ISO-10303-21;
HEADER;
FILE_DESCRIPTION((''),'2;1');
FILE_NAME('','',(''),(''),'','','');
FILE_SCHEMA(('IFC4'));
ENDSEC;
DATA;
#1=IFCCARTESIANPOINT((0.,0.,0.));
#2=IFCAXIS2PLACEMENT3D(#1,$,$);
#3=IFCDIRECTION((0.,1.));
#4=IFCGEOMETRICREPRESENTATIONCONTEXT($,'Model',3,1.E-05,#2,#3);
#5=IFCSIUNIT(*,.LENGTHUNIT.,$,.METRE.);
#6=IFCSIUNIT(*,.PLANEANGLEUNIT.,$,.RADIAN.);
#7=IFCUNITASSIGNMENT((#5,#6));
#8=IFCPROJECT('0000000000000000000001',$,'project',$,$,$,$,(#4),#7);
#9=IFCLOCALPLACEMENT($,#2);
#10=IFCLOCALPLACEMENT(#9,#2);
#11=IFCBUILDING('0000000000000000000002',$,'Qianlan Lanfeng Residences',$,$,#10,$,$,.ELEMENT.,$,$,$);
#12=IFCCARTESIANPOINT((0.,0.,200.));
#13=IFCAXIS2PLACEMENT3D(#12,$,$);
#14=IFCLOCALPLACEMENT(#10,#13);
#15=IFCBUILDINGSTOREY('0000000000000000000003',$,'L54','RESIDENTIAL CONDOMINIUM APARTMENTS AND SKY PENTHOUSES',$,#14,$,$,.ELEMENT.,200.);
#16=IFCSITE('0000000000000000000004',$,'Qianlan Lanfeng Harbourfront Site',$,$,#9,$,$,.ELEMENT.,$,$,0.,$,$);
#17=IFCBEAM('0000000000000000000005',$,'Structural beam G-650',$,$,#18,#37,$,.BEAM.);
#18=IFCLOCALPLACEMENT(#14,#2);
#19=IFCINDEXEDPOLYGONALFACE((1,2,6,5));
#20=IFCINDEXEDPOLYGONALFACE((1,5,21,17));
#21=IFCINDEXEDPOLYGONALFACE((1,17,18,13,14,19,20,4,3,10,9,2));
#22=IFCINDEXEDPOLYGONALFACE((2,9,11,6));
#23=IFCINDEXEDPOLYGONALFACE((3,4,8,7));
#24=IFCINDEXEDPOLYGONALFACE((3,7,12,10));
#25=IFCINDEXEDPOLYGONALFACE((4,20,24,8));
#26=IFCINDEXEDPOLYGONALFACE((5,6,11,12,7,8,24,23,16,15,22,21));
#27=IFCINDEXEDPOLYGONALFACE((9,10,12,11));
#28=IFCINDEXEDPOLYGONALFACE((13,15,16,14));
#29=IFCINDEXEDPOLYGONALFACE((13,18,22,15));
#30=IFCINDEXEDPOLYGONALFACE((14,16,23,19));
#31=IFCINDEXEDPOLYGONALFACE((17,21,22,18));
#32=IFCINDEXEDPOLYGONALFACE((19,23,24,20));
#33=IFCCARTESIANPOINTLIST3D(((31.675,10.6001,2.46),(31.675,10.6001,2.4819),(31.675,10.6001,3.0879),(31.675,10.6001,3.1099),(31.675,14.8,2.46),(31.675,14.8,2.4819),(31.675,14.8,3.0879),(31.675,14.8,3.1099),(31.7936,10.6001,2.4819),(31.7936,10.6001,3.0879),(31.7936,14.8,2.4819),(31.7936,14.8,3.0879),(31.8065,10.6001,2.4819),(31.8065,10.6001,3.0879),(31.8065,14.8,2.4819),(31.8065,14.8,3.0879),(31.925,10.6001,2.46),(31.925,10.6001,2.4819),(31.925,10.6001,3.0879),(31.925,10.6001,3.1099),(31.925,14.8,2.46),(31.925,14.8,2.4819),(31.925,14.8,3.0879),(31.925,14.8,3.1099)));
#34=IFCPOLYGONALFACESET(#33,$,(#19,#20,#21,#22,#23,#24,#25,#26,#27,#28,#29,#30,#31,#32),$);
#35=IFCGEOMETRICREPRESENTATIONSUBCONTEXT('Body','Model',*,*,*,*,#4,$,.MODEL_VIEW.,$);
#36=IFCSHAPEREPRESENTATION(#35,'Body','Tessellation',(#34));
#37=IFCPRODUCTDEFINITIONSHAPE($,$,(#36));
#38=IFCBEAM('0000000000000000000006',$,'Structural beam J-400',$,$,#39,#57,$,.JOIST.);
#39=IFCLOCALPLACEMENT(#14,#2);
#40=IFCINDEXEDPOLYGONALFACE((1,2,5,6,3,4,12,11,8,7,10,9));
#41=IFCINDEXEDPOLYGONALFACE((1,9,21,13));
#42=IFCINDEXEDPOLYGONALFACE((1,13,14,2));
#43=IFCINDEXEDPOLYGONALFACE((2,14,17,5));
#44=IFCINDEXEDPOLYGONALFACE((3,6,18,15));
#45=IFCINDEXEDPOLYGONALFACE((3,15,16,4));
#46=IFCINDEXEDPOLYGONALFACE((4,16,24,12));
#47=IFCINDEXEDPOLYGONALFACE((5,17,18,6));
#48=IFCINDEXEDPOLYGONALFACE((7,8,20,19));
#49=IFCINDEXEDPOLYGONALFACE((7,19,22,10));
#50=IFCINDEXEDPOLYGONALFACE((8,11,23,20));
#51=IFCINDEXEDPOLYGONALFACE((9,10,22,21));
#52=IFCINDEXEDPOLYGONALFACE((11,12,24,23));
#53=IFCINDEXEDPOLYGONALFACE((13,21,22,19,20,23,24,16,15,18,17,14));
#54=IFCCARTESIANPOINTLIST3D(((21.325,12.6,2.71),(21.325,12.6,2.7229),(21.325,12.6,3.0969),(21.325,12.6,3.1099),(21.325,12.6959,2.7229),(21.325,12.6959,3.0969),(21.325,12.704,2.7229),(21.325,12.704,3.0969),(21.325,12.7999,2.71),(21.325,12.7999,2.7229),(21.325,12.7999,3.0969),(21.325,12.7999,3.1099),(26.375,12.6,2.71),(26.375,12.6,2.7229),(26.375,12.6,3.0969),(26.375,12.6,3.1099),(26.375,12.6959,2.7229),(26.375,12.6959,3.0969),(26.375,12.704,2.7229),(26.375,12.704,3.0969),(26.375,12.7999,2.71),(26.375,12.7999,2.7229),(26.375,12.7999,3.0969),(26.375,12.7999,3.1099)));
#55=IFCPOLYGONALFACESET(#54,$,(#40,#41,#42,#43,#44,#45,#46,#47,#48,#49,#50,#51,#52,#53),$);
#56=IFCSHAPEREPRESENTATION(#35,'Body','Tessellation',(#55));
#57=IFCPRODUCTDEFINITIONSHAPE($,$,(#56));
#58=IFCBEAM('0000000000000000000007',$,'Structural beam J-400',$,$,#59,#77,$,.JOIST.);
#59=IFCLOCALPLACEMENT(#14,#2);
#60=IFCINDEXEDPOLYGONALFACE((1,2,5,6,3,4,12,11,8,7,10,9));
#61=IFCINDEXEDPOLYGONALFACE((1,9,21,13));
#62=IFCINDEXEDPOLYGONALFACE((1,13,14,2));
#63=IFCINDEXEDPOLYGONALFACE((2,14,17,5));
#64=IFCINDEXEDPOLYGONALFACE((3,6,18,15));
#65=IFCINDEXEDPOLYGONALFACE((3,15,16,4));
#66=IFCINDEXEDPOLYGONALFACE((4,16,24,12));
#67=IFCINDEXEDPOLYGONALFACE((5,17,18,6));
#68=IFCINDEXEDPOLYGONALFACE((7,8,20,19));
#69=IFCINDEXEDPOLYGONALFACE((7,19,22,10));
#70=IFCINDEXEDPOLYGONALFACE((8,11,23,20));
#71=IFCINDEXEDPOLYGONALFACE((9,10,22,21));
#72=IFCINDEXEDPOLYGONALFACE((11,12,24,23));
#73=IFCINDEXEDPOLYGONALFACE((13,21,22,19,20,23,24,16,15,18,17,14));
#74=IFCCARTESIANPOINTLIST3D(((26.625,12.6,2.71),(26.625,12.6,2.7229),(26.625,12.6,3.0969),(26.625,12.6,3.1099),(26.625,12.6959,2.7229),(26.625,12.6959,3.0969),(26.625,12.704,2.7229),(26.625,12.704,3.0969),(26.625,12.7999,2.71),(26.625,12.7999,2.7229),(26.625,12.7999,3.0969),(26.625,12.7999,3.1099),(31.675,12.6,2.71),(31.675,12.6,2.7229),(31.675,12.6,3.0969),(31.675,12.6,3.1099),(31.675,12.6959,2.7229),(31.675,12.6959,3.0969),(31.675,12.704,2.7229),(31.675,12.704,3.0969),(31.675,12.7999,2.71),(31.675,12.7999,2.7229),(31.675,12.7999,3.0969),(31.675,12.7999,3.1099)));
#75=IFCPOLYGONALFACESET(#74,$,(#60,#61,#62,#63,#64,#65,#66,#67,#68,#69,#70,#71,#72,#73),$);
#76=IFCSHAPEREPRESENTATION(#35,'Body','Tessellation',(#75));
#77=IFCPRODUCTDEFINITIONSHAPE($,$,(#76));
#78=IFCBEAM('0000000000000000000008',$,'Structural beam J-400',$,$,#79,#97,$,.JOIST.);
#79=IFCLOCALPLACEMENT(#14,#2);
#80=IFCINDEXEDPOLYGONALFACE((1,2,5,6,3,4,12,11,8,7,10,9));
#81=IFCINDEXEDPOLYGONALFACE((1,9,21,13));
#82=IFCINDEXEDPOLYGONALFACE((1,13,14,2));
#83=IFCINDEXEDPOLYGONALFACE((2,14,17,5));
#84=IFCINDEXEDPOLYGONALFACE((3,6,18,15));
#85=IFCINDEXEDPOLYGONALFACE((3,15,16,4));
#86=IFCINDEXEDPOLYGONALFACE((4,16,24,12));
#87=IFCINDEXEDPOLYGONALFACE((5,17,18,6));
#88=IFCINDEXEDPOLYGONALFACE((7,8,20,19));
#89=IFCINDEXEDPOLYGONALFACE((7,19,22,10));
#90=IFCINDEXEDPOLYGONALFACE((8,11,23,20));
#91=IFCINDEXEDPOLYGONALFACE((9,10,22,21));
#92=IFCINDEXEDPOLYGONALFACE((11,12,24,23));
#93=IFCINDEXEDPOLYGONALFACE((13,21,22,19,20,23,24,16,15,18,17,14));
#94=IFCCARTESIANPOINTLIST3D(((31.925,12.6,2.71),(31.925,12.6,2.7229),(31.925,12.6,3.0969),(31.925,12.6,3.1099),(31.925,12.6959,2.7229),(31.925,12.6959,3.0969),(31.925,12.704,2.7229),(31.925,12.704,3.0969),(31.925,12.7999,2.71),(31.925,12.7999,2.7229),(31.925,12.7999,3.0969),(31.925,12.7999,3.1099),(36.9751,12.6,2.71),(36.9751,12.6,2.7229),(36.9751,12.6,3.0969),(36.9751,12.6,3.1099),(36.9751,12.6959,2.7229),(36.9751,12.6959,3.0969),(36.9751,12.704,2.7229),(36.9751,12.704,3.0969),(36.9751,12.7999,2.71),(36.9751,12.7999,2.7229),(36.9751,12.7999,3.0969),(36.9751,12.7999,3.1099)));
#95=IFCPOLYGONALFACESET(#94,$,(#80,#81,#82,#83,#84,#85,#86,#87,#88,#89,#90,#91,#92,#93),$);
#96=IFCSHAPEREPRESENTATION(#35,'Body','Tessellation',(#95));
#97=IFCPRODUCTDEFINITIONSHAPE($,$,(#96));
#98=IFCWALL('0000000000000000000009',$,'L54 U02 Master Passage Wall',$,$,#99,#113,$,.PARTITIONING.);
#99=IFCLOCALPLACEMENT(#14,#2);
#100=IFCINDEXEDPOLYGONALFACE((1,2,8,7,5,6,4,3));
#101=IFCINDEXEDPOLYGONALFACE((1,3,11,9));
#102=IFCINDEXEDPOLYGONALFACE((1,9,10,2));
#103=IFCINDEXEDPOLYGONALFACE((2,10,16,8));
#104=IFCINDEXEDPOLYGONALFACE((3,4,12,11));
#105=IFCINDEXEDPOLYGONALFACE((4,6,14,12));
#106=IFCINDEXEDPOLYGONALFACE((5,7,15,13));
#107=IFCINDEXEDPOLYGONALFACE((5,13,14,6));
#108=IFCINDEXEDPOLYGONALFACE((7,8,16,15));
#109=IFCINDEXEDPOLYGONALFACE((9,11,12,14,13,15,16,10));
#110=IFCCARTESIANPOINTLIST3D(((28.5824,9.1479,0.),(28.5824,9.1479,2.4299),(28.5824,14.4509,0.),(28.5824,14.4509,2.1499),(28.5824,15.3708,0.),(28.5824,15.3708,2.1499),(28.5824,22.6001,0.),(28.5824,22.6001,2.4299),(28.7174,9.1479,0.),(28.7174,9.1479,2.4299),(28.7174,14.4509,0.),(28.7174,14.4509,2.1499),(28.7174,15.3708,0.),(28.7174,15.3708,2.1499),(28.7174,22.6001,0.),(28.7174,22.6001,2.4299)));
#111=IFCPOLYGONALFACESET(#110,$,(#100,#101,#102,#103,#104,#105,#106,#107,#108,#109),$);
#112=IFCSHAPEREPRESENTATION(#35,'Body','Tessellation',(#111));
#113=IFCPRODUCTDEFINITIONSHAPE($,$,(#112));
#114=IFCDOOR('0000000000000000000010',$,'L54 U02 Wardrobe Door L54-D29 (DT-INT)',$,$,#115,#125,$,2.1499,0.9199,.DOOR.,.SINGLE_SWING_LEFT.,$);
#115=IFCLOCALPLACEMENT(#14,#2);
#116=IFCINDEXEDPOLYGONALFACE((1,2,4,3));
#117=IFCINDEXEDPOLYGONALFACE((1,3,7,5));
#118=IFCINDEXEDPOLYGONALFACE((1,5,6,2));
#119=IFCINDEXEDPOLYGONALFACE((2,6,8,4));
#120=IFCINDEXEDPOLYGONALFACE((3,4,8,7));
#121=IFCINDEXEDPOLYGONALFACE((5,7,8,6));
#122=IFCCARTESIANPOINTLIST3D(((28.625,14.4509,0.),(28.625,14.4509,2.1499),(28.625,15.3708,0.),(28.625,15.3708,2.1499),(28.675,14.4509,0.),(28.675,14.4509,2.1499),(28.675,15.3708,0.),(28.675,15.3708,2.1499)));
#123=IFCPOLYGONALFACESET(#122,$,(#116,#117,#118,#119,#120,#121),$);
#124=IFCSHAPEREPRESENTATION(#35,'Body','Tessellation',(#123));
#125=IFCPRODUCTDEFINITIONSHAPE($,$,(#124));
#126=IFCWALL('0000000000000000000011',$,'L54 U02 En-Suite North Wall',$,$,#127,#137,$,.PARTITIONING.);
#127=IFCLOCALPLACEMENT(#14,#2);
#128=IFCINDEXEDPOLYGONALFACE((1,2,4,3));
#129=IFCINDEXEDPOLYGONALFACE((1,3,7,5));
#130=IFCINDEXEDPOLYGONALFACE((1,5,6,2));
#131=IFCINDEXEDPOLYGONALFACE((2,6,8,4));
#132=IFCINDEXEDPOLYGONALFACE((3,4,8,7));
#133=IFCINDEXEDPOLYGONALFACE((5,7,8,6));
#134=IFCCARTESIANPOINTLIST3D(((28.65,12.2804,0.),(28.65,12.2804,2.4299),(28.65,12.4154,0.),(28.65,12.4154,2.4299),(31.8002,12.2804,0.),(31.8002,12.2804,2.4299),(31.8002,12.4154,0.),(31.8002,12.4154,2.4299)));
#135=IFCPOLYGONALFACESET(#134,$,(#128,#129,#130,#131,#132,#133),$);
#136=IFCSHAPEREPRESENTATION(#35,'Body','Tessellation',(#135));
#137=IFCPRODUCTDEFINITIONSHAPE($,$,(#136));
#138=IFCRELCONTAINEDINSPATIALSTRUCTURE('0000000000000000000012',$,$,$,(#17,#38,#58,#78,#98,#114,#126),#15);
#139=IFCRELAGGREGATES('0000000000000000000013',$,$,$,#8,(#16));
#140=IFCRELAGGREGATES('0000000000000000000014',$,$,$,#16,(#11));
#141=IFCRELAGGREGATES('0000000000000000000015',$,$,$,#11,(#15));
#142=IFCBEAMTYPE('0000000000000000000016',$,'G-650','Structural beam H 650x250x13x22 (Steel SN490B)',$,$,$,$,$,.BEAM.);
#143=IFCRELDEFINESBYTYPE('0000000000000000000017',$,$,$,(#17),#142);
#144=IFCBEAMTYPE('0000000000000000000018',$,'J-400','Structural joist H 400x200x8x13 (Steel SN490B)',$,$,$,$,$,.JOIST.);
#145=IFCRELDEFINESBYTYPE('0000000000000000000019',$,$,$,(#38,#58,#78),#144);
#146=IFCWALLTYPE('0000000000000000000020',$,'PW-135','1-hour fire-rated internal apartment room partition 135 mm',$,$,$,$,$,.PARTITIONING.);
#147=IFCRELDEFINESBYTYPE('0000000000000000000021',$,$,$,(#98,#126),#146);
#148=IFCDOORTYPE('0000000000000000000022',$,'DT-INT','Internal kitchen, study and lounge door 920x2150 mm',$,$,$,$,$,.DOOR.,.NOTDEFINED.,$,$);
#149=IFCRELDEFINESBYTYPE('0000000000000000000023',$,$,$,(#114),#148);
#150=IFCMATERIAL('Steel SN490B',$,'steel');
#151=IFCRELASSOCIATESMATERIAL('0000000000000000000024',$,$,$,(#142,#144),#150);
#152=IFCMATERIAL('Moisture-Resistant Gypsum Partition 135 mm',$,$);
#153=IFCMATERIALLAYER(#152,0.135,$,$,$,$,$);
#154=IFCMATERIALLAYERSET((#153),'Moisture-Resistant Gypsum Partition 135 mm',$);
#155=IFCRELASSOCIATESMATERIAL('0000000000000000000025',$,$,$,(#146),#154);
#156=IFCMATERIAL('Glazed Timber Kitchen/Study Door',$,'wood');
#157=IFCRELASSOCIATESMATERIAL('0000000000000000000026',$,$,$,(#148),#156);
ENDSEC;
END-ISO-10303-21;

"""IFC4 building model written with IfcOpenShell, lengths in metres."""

from ifc_helpers import new_model, si_unit, direction, frame, frame_2d, origin, origin_2d, place, context, subcontext, project, spatial, rectangle, i_section, extrude, material, layer, layer_set, material_profile, profile_set, type_object, element, fill, save


model = new_model("IFC4")

# Units and contexts
model_context = context("Model", 3, precision=1e-05, world=origin(), true_north=direction((0.0, 1.0)))
body_context = subcontext(model_context, "Body", "Model", "MODEL_VIEW")
ifc_project = project(units=[si_unit("LENGTHUNIT", "METRE"), si_unit("PLANEANGLEUNIT", "RADIAN")], contexts=[model_context])

# Site, building, storey
site_placement = place(None, origin())
site = spatial("IfcSite", under=ifc_project, at=site_placement, Name="Qianlan Lanfeng Harbourfront Site", CompositionType="ELEMENT", RefElevation=0.0)
building_placement = place(site_placement, origin())
building = spatial("IfcBuilding", under=site, at=building_placement, Name="Qianlan Lanfeng Residences", CompositionType="ELEMENT")
storey_placement = place(building_placement, frame((0.0, 0.0, 200.0)))
storey = spatial("IfcBuildingStorey", under=building, at=storey_placement, Name="L54", Description="RESIDENTIAL CONDOMINIUM APARTMENTS AND SKY PENTHOUSES", CompositionType="ELEMENT", Elevation=200.0)

# Shared definitions
ifc_material_1 = material(Name="Steel SN490B", Category="steel")

# Beams
ifc_material_profile_1 = material_profile(ifc_material_1, i_section(OverallWidth=0.25, OverallDepth=0.6499, WebThickness=0.0129, FlangeThickness=0.022, at=origin_2d()), Name="H 650x250x13x22")
ifc_profile_set_1 = profile_set([ifc_material_profile_1], Name="Steel SN490B")
beam_type_1 = type_object("IfcBeamType", Name="G-650", Description="Structural beam H 650x250x13x22 (Steel SN490B)", PredefinedType="BEAM", material=ifc_profile_set_1)
beam_1_placement = place(storey_placement, frame((31.8, 10.6001, 2.7849), z_axis=(0.0, 1.0, 0.0), x_axis=(-1.0, 0.0, 0.0)))
element("IfcBeam", 1, at=beam_1_placement, inside=storey, type_object=beam_type_1, Name="Structural beam G-650", PredefinedType="BEAM", context=body_context, shape_type="SweptSolid", body=[
    extrude(i_section(OverallWidth=0.25, OverallDepth=0.6499, WebThickness=0.0129, FlangeThickness=0.022, at=origin_2d()), origin(), (0.0, 0.0, 1.0), 4.2),
])
ifc_material_profile_2 = material_profile(ifc_material_1, i_section(OverallWidth=0.2, OverallDepth=0.3999, WebThickness=0.0081, FlangeThickness=0.0129, at=origin_2d()), Name="H 400x200x8x13")
ifc_profile_set_2 = profile_set([ifc_material_profile_2], Name="Steel SN490B")
beam_type_2 = type_object("IfcBeamType", Name="J-400", Description="Structural joist H 400x200x8x13 (Steel SN490B)", PredefinedType="JOIST", material=ifc_profile_set_2)
for number, where, z_axis, x_axis, name in (
    (2, (21.325, 12.7, 2.9099), (1.0, 0.0, 0.0), (0.0, 1.0, 0.0), "Structural beam J-400"),
    (3, (26.625, 12.7, 2.9099), (1.0, 0.0, 0.0), (0.0, 1.0, 0.0), "Structural beam J-400"),
    (4, (31.925, 12.7, 2.9099), (1.0, 0.0, 0.0), (0.0, 1.0, 0.0), "Structural beam J-400"),
):
    element("IfcBeam", number, at=place(storey_placement, frame(where, z_axis=z_axis, x_axis=x_axis)), inside=storey, type_object=beam_type_2, Name=name, PredefinedType="JOIST", context=body_context, shape_type="SweptSolid", body=[
        extrude(i_section(OverallWidth=0.2, OverallDepth=0.3999, WebThickness=0.0081, FlangeThickness=0.0129, at=origin_2d()), origin(), (0.0, 0.0, 1.0), 5.05),
    ])

# Shared definitions
ifc_material_2 = material(Name="Moisture-Resistant Gypsum Partition 135 mm")
ifc_layer = layer(ifc_material_2, 0.135)
ifc_layer_set = layer_set([ifc_layer], Name="Moisture-Resistant Gypsum Partition 135 mm")
wall_type = type_object("IfcWallType", Name="PW-135", Description="1-hour fire-rated internal apartment room partition 135 mm", PredefinedType="PARTITIONING", material=ifc_layer_set)

# Wall, opening, door
wall_1_placement = place(storey_placement, frame((28.6499, 9.1479, 0.0), z_axis=(0.0, 0.0, 1.0), x_axis=(0.0, 1.0, 0.0)))
wall_1 = element("IfcWall", 5, at=wall_1_placement, inside=storey, type_object=wall_type, Name="L54 U02 Master Passage Wall", PredefinedType="PARTITIONING", context=body_context, shape_type="SweptSolid", body=[
    extrude(rectangle(XDim=13.4521, YDim=0.135, at=frame_2d((6.7261, 0.0))), origin(), (0.0, 0.0, 1.0), 2.4299),
])
opening_1_placement = place(wall_1_placement, frame((5.303, 0.0, 0.0)))
opening_1 = element("IfcOpeningElement", 6, at=opening_1_placement, cuts=wall_1, PredefinedType="OPENING", context=body_context, shape_type="SweptSolid", body=[
    extrude(rectangle(XDim=0.9199, YDim=2.1499, at=frame_2d((0.46, 1.075))), frame((0.0, 0.0776, 0.0), z_axis=(0.0, -1.0, 0.0), x_axis=(1.0, 0.0, 0.0)), (0.0, 0.0, 1.0), 0.155),
])
ifc_material_3 = material(Name="Glazed Timber Kitchen/Study Door", Category="wood")
door_type_1 = type_object("IfcDoorType", Name="DT-INT", Description="Internal kitchen, study and lounge door 920x2150 mm", OperationType="NOTDEFINED", PredefinedType="DOOR", material=ifc_material_3)
door_1_placement = place(opening_1_placement, origin())
door_1 = element("IfcDoor", 7, at=door_1_placement, inside=storey, type_object=door_type_1, Name="L54 U02 Wardrobe Door L54-D29 (DT-INT)", OperationType="SINGLE_SWING_LEFT", OverallHeight=2.1499, OverallWidth=0.9199, PredefinedType="DOOR", context=body_context, shape_type="SweptSolid", body=[
    extrude(rectangle(XDim=0.9199, YDim=2.1499, at=frame_2d((0.46, 1.075))), frame((0.0, 0.0249, 0.0), z_axis=(0.0, -1.0, 0.0), x_axis=(1.0, 0.0, 0.0)), (0.0, 0.0, 1.0), 0.05),
])
fill(opening_1, door_1)

# Wall
wall_2_placement = place(storey_placement, frame((28.6499, 12.3479, 0.0), z_axis=(0.0, 0.0, 1.0), x_axis=(1.0, 0.0, 0.0)))
element("IfcWall", 8, at=wall_2_placement, inside=storey, type_object=wall_type, Name="L54 U02 En-Suite North Wall", PredefinedType="PARTITIONING", context=body_context, shape_type="SweptSolid", body=[
    extrude(rectangle(XDim=3.1501, YDim=0.135, at=frame_2d((1.5752, 0.0))), origin(), (0.0, 0.0, 1.0), 2.4299),
])

save(model, "model.ifc")
